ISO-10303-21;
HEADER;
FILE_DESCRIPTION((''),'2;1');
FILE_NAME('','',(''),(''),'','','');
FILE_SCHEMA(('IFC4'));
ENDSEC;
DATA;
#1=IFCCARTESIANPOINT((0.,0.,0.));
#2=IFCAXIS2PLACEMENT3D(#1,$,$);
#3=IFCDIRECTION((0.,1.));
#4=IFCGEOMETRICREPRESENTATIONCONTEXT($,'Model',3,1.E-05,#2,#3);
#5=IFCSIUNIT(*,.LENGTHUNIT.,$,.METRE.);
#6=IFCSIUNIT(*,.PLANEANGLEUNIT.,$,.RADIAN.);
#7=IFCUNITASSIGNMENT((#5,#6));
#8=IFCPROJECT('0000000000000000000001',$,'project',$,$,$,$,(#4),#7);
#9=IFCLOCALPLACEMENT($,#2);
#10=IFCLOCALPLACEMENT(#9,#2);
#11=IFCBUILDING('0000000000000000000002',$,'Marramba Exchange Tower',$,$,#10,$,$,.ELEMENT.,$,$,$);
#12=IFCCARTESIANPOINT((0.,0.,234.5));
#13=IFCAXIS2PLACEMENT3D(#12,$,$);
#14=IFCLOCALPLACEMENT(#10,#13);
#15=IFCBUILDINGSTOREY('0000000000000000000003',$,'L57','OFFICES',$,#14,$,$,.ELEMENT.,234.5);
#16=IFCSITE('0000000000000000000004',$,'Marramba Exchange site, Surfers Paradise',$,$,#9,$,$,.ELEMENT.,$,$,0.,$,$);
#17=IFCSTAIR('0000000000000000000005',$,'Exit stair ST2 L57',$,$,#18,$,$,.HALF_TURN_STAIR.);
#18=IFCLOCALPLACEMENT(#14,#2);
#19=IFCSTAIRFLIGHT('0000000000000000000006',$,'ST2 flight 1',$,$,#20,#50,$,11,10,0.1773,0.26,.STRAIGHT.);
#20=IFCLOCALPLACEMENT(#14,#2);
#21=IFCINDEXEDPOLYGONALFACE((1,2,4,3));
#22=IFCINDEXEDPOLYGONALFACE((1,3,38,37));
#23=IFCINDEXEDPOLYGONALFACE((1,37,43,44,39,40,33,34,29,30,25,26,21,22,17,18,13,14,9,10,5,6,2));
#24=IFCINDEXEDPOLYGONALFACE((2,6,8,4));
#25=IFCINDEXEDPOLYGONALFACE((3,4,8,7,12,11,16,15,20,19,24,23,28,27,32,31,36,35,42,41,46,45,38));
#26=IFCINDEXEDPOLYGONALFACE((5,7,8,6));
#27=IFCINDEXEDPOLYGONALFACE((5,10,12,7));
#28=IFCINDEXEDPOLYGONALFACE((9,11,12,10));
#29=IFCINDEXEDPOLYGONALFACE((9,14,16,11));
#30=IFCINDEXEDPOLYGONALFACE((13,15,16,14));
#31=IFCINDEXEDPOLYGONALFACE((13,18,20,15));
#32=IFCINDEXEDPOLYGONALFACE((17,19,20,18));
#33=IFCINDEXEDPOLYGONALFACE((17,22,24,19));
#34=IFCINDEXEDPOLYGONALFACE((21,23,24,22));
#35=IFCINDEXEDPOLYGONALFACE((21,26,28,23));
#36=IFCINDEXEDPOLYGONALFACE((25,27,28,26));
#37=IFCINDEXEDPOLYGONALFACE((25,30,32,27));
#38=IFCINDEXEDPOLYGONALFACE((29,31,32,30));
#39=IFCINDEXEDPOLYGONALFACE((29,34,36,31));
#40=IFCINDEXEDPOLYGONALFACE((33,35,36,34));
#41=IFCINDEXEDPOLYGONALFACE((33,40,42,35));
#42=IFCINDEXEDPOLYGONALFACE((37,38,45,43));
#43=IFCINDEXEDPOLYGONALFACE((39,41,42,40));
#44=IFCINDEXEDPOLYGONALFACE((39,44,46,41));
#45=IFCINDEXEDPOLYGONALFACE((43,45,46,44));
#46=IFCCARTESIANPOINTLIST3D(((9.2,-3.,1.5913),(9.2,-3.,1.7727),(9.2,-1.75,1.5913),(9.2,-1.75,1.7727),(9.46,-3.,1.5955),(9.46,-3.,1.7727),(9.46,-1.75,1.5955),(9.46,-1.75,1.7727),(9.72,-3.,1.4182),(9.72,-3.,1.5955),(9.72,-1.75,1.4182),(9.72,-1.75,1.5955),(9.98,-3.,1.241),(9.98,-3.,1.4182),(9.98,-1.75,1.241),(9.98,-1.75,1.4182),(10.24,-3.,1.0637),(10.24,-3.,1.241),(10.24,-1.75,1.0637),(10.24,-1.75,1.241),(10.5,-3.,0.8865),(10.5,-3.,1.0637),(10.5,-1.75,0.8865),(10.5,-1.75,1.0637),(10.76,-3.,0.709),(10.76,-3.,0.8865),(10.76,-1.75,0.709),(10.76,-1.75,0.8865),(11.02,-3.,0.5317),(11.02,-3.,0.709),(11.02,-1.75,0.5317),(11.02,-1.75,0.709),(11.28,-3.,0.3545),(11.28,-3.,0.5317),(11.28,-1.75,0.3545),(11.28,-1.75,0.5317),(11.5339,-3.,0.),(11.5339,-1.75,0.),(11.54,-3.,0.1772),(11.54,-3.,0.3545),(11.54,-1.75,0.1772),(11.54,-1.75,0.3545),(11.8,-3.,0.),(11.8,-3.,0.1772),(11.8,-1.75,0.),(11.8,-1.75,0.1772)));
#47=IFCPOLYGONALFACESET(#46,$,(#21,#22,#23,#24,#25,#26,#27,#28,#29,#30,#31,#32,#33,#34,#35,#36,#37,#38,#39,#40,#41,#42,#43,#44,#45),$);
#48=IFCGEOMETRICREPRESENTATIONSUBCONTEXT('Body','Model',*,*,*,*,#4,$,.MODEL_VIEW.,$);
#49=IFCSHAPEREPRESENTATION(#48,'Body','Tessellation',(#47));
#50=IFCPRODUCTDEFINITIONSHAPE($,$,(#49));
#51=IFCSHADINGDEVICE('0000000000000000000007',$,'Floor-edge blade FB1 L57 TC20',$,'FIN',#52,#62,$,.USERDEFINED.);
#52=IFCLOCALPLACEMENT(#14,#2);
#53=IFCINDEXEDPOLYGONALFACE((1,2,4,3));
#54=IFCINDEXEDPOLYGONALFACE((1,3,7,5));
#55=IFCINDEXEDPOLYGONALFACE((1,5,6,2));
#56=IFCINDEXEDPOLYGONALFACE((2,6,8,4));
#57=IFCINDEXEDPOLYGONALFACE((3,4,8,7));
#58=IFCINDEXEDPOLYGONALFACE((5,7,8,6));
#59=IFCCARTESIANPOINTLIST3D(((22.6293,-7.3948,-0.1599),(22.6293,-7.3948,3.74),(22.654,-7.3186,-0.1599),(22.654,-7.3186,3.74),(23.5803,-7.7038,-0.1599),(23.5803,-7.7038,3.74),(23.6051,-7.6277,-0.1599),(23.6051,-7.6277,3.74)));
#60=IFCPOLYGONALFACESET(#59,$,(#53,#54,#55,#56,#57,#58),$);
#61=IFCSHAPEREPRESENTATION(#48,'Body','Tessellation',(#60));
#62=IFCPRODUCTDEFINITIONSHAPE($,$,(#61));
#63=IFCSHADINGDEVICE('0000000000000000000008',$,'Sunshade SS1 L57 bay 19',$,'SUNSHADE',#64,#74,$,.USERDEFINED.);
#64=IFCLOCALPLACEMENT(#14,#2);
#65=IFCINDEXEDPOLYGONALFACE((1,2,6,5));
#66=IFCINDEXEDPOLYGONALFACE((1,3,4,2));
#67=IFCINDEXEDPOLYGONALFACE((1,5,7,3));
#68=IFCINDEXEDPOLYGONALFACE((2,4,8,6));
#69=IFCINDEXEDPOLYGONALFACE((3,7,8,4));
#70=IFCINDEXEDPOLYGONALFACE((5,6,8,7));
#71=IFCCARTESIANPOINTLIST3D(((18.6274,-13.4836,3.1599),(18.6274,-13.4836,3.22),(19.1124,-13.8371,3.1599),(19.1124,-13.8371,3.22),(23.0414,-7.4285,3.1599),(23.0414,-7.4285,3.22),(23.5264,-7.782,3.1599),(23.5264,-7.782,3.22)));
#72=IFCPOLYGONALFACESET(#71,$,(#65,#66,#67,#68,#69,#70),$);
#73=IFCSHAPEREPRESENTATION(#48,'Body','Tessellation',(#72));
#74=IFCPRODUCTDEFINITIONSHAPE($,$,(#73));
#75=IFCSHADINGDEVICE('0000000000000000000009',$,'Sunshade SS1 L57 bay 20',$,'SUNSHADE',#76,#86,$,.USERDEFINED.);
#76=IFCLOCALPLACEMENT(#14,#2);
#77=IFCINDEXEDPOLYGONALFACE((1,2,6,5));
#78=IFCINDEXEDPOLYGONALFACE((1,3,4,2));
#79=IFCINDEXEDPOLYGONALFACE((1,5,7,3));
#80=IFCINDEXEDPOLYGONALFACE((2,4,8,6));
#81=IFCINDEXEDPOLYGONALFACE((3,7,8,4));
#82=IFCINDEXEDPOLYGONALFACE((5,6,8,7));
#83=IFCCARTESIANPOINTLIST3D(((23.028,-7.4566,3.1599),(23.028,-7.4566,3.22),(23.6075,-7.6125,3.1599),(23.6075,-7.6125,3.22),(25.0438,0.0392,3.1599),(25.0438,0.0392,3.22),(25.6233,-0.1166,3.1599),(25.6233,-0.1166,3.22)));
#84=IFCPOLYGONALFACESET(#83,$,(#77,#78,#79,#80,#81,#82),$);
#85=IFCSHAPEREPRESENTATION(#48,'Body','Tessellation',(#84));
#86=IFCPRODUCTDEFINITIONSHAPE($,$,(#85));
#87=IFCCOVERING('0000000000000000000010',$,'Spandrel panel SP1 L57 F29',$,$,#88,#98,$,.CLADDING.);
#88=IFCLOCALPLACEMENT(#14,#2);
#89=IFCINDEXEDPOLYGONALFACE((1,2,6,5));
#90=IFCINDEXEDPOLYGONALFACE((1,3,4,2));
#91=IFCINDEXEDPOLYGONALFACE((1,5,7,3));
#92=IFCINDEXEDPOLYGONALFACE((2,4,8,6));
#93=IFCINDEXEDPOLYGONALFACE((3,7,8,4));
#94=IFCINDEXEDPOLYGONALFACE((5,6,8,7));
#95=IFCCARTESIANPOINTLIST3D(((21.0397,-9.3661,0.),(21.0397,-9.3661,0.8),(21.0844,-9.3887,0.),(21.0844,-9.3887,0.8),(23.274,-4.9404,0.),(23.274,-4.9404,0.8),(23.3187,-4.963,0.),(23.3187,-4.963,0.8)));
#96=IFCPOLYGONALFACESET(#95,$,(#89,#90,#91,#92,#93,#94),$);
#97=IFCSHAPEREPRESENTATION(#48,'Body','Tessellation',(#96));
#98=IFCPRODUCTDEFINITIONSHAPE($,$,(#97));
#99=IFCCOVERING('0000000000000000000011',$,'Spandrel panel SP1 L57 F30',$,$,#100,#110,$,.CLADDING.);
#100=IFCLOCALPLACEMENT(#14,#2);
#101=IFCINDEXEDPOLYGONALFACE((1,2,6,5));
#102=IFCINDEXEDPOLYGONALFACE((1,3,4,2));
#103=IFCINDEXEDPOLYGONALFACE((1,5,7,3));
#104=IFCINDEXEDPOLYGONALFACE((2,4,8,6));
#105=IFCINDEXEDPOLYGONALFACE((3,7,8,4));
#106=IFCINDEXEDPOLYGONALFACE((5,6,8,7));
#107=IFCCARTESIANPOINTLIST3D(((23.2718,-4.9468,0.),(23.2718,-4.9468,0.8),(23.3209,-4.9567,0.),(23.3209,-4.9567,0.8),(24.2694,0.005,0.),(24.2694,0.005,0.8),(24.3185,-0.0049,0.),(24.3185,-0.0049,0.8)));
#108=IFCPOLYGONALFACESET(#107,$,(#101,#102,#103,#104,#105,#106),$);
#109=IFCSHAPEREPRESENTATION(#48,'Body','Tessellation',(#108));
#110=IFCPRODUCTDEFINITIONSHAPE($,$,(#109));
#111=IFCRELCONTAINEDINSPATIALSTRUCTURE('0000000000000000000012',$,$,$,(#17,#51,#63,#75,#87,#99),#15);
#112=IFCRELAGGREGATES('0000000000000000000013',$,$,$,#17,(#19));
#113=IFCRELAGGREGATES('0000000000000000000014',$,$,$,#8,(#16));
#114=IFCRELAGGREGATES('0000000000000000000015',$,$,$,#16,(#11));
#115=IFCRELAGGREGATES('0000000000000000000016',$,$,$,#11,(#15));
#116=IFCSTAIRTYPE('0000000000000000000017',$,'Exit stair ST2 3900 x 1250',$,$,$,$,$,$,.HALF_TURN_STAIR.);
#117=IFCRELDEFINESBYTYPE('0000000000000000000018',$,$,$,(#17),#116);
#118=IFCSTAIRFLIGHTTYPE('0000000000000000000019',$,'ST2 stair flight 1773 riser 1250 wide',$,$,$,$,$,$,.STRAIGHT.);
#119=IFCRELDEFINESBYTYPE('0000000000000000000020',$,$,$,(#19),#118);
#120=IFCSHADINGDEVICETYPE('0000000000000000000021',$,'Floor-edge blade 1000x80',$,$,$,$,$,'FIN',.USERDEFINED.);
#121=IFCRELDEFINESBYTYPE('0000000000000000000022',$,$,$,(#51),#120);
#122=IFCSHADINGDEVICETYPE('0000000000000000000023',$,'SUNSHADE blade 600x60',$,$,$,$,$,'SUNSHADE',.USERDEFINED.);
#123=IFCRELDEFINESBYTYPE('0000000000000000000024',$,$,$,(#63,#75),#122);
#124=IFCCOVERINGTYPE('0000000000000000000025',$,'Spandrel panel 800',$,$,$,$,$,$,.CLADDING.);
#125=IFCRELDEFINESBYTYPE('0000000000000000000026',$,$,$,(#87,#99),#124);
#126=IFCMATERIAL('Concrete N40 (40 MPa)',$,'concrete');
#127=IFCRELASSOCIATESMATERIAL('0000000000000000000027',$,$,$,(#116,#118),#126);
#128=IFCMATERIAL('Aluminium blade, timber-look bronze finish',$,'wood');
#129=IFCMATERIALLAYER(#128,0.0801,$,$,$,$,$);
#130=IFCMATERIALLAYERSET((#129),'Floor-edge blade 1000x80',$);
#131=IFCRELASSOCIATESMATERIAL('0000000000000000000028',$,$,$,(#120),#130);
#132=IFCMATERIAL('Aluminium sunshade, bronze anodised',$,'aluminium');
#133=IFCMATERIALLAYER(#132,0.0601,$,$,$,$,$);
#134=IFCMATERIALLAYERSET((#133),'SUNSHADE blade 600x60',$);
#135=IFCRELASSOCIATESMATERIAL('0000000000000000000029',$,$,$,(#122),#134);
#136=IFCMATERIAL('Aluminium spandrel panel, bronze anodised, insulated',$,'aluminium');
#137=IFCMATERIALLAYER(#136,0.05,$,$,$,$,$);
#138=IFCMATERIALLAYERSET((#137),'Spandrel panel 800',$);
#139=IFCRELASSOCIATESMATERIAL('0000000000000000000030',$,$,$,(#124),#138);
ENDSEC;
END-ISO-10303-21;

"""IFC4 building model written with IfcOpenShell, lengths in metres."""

from ifc_helpers import new_model, si_unit, direction, frame, origin, origin_2d, place, context, subcontext, project, spatial, polyline, rectangle, outline, extrude, material, layer, layer_set, type_object, element, aggregate, save


model = new_model("IFC4")

# Units and contexts
model_context = context("Model", 3, precision=1e-05, world=origin(), true_north=direction((0.0, 1.0)))
body_context = subcontext(model_context, "Body", "Model", "MODEL_VIEW")
ifc_project = project(units=[si_unit("LENGTHUNIT", "METRE"), si_unit("PLANEANGLEUNIT", "RADIAN")], contexts=[model_context])

# Site, building, storey
site_placement = place(None, origin())
site = spatial("IfcSite", under=ifc_project, at=site_placement, Name="Marramba Exchange site, Surfers Paradise", CompositionType="ELEMENT", RefElevation=0.0)
building_placement = place(site_placement, origin())
building = spatial("IfcBuilding", under=site, at=building_placement, Name="Marramba Exchange Tower", CompositionType="ELEMENT")
storey_placement = place(building_placement, frame((0.0, 0.0, 234.5)))
storey = spatial("IfcBuildingStorey", under=building, at=storey_placement, Name="L57", Description="OFFICES", CompositionType="ELEMENT", Elevation=234.5)

# Stair, stair flight
ifc_material_1 = material(Name="Concrete N40 (40 MPa)", Category="concrete")
stair_type = type_object("IfcStairType", Name="Exit stair ST2 3900 x 1250", PredefinedType="HALF_TURN_STAIR", material=ifc_material_1)
stair_placement = place(storey_placement, origin())
stair = element("IfcStair", 1, at=stair_placement, inside=storey, type_object=stair_type, Name="Exit stair ST2 L57", PredefinedType="HALF_TURN_STAIR")
stair_flight_type = type_object("IfcStairFlightType", Name="ST2 stair flight 1773 riser 1250 wide", PredefinedType="STRAIGHT", material=ifc_material_1)
stair_flight_placement = place(storey_placement, frame((11.8, -2.375, 0.0), z_axis=(0.0, 0.0, 1.0), x_axis=(-1.0, 0.0, 0.0)))
stair_flight = element("IfcStairFlight", 2, at=stair_flight_placement, type_object=stair_flight_type, Name="ST2 flight 1", NumberOfRisers=11, NumberOfTreads=10, PredefinedType="STRAIGHT", RiserHeight=0.1773, TreadLength=0.26, context=body_context, shape_type="SweptSolid", body=[
    extrude(outline(polyline([(0.0, 0.0), (0.0, 0.1772), (0.26, 0.1772), (0.26, 0.3545), (0.52, 0.3545), (0.52, 0.5317), (0.78, 0.5317), (0.78, 0.709), (1.04, 0.709), (1.04, 0.8865), (1.3, 0.8865), (1.3, 1.0637), (1.5601, 1.0637), (1.5601, 1.241), (1.8201, 1.241), (1.8201, 1.4182), (2.0801, 1.4182), (2.0801, 1.5955), (2.3401, 1.5955), (2.3401, 1.7727), (2.6001, 1.7727), (2.6001, 1.95), (2.6001, 1.5913), (0.2661, 0.0), (0.0, 0.0)])), frame((0.0, 0.625, 0.0), z_axis=(0.0, -1.0, 0.0), x_axis=(1.0, 0.0, 0.0)), (0.0, 0.0, 1.0), 1.25),
])
aggregate(stair, [stair_flight])

# Shading devices
ifc_material_2 = material(Name="Aluminium blade, timber-look bronze finish", Category="wood")
ifc_layer_1 = layer(ifc_material_2, 0.0801)
ifc_layer_set_1 = layer_set([ifc_layer_1], Name="Floor-edge blade 1000x80")
shading_device_type_1 = type_object("IfcShadingDeviceType", Name="Floor-edge blade 1000x80", ElementType="FIN", PredefinedType="USERDEFINED", material=ifc_layer_set_1)
shading_device_1_placement = place(storey_placement, frame((23.1172, -7.5112, -0.1599), z_axis=(0.0, 0.0, 1.0), x_axis=(0.951057, -0.309017, 0.0)))
element("IfcShadingDevice", 3, at=shading_device_1_placement, inside=storey, type_object=shading_device_type_1, Name="Floor-edge blade FB1 L57 TC20", ObjectType="FIN", PredefinedType="USERDEFINED", context=body_context, shape_type="SweptSolid", body=[
    extrude(rectangle(XDim=1.0, YDim=0.0801, at=origin_2d()), origin(), (0.0, 0.0, 1.0), 3.8999),
])
ifc_material_3 = material(Name="Aluminium sunshade, bronze anodised", Category="aluminium")
ifc_layer_2 = layer(ifc_material_3, 0.0601)
ifc_layer_set_2 = layer_set([ifc_layer_2], Name="SUNSHADE blade 600x60")
shading_device_type_2 = type_object("IfcShadingDeviceType", Name="SUNSHADE blade 600x60", ElementType="SUNSHADE", PredefinedType="USERDEFINED", material=ifc_layer_set_2)
shading_device_2_placement = place(storey_placement, frame((21.0769, -10.6328, 3.1599), z_axis=(0.0, 0.0, 1.0), x_axis=(0.589072, 0.808081, 0.0)))
element("IfcShadingDevice", 4, at=shading_device_2_placement, inside=storey, type_object=shading_device_type_2, Name="Sunshade SS1 L57 bay 19", ObjectType="SUNSHADE", PredefinedType="USERDEFINED", context=body_context, shape_type="SweptSolid", body=[
    extrude(rectangle(XDim=7.4932, YDim=0.6001, at=origin_2d()), origin(), (0.0, 0.0, 1.0), 0.0601),
])
shading_device_3_placement = place(storey_placement, frame((24.3257, -3.7866, 3.1599), z_axis=(0.0, 0.0, 1.0), x_axis=(0.259692, 0.965691, 0.0)))
element("IfcShadingDevice", 5, at=shading_device_3_placement, inside=storey, type_object=shading_device_type_2, Name="Sunshade SS1 L57 bay 20", ObjectType="SUNSHADE", PredefinedType="USERDEFINED", context=body_context, shape_type="SweptSolid", body=[
    extrude(rectangle(XDim=7.7622, YDim=0.6001, at=origin_2d()), origin(), (0.0, 0.0, 1.0), 0.0601),
])

# Coverings
ifc_material_4 = material(Name="Aluminium spandrel panel, bronze anodised, insulated", Category="aluminium")
ifc_layer_3 = layer(ifc_material_4, 0.05)
ifc_layer_set_3 = layer_set([ifc_layer_3], Name="Spandrel panel 800")
covering_type = type_object("IfcCoveringType", Name="Spandrel panel 800", PredefinedType="CLADDING", material=ifc_layer_set_3)
covering_1_placement = place(storey_placement, frame((22.1792, -7.1646, 0.0), z_axis=(0.0, 0.0, 1.0), x_axis=(0.450673, 0.892689, 0.0)))
element("IfcCovering", 6, at=covering_1_placement, inside=storey, type_object=covering_type, Name="Spandrel panel SP1 L57 F29", PredefinedType="CLADDING", context=body_context, shape_type="SweptSolid", body=[
    extrude(rectangle(XDim=4.9578, YDim=0.05, at=origin_2d()), origin(), (0.0, 0.0, 1.0), 0.8),
])
covering_2_placement = place(storey_placement, frame((23.7952, -2.4758, 0.0), z_axis=(0.0, 0.0, 1.0), x_axis=(0.197495, 0.980304, 0.0)))
element("IfcCovering", 7, at=covering_2_placement, inside=storey, type_object=covering_type, Name="Spandrel panel SP1 L57 F30", PredefinedType="CLADDING", context=body_context, shape_type="SweptSolid", body=[
    extrude(rectangle(XDim=5.0513, YDim=0.05, at=origin_2d()), origin(), (0.0, 0.0, 1.0), 0.8),
])

save(model, "model.ifc")
